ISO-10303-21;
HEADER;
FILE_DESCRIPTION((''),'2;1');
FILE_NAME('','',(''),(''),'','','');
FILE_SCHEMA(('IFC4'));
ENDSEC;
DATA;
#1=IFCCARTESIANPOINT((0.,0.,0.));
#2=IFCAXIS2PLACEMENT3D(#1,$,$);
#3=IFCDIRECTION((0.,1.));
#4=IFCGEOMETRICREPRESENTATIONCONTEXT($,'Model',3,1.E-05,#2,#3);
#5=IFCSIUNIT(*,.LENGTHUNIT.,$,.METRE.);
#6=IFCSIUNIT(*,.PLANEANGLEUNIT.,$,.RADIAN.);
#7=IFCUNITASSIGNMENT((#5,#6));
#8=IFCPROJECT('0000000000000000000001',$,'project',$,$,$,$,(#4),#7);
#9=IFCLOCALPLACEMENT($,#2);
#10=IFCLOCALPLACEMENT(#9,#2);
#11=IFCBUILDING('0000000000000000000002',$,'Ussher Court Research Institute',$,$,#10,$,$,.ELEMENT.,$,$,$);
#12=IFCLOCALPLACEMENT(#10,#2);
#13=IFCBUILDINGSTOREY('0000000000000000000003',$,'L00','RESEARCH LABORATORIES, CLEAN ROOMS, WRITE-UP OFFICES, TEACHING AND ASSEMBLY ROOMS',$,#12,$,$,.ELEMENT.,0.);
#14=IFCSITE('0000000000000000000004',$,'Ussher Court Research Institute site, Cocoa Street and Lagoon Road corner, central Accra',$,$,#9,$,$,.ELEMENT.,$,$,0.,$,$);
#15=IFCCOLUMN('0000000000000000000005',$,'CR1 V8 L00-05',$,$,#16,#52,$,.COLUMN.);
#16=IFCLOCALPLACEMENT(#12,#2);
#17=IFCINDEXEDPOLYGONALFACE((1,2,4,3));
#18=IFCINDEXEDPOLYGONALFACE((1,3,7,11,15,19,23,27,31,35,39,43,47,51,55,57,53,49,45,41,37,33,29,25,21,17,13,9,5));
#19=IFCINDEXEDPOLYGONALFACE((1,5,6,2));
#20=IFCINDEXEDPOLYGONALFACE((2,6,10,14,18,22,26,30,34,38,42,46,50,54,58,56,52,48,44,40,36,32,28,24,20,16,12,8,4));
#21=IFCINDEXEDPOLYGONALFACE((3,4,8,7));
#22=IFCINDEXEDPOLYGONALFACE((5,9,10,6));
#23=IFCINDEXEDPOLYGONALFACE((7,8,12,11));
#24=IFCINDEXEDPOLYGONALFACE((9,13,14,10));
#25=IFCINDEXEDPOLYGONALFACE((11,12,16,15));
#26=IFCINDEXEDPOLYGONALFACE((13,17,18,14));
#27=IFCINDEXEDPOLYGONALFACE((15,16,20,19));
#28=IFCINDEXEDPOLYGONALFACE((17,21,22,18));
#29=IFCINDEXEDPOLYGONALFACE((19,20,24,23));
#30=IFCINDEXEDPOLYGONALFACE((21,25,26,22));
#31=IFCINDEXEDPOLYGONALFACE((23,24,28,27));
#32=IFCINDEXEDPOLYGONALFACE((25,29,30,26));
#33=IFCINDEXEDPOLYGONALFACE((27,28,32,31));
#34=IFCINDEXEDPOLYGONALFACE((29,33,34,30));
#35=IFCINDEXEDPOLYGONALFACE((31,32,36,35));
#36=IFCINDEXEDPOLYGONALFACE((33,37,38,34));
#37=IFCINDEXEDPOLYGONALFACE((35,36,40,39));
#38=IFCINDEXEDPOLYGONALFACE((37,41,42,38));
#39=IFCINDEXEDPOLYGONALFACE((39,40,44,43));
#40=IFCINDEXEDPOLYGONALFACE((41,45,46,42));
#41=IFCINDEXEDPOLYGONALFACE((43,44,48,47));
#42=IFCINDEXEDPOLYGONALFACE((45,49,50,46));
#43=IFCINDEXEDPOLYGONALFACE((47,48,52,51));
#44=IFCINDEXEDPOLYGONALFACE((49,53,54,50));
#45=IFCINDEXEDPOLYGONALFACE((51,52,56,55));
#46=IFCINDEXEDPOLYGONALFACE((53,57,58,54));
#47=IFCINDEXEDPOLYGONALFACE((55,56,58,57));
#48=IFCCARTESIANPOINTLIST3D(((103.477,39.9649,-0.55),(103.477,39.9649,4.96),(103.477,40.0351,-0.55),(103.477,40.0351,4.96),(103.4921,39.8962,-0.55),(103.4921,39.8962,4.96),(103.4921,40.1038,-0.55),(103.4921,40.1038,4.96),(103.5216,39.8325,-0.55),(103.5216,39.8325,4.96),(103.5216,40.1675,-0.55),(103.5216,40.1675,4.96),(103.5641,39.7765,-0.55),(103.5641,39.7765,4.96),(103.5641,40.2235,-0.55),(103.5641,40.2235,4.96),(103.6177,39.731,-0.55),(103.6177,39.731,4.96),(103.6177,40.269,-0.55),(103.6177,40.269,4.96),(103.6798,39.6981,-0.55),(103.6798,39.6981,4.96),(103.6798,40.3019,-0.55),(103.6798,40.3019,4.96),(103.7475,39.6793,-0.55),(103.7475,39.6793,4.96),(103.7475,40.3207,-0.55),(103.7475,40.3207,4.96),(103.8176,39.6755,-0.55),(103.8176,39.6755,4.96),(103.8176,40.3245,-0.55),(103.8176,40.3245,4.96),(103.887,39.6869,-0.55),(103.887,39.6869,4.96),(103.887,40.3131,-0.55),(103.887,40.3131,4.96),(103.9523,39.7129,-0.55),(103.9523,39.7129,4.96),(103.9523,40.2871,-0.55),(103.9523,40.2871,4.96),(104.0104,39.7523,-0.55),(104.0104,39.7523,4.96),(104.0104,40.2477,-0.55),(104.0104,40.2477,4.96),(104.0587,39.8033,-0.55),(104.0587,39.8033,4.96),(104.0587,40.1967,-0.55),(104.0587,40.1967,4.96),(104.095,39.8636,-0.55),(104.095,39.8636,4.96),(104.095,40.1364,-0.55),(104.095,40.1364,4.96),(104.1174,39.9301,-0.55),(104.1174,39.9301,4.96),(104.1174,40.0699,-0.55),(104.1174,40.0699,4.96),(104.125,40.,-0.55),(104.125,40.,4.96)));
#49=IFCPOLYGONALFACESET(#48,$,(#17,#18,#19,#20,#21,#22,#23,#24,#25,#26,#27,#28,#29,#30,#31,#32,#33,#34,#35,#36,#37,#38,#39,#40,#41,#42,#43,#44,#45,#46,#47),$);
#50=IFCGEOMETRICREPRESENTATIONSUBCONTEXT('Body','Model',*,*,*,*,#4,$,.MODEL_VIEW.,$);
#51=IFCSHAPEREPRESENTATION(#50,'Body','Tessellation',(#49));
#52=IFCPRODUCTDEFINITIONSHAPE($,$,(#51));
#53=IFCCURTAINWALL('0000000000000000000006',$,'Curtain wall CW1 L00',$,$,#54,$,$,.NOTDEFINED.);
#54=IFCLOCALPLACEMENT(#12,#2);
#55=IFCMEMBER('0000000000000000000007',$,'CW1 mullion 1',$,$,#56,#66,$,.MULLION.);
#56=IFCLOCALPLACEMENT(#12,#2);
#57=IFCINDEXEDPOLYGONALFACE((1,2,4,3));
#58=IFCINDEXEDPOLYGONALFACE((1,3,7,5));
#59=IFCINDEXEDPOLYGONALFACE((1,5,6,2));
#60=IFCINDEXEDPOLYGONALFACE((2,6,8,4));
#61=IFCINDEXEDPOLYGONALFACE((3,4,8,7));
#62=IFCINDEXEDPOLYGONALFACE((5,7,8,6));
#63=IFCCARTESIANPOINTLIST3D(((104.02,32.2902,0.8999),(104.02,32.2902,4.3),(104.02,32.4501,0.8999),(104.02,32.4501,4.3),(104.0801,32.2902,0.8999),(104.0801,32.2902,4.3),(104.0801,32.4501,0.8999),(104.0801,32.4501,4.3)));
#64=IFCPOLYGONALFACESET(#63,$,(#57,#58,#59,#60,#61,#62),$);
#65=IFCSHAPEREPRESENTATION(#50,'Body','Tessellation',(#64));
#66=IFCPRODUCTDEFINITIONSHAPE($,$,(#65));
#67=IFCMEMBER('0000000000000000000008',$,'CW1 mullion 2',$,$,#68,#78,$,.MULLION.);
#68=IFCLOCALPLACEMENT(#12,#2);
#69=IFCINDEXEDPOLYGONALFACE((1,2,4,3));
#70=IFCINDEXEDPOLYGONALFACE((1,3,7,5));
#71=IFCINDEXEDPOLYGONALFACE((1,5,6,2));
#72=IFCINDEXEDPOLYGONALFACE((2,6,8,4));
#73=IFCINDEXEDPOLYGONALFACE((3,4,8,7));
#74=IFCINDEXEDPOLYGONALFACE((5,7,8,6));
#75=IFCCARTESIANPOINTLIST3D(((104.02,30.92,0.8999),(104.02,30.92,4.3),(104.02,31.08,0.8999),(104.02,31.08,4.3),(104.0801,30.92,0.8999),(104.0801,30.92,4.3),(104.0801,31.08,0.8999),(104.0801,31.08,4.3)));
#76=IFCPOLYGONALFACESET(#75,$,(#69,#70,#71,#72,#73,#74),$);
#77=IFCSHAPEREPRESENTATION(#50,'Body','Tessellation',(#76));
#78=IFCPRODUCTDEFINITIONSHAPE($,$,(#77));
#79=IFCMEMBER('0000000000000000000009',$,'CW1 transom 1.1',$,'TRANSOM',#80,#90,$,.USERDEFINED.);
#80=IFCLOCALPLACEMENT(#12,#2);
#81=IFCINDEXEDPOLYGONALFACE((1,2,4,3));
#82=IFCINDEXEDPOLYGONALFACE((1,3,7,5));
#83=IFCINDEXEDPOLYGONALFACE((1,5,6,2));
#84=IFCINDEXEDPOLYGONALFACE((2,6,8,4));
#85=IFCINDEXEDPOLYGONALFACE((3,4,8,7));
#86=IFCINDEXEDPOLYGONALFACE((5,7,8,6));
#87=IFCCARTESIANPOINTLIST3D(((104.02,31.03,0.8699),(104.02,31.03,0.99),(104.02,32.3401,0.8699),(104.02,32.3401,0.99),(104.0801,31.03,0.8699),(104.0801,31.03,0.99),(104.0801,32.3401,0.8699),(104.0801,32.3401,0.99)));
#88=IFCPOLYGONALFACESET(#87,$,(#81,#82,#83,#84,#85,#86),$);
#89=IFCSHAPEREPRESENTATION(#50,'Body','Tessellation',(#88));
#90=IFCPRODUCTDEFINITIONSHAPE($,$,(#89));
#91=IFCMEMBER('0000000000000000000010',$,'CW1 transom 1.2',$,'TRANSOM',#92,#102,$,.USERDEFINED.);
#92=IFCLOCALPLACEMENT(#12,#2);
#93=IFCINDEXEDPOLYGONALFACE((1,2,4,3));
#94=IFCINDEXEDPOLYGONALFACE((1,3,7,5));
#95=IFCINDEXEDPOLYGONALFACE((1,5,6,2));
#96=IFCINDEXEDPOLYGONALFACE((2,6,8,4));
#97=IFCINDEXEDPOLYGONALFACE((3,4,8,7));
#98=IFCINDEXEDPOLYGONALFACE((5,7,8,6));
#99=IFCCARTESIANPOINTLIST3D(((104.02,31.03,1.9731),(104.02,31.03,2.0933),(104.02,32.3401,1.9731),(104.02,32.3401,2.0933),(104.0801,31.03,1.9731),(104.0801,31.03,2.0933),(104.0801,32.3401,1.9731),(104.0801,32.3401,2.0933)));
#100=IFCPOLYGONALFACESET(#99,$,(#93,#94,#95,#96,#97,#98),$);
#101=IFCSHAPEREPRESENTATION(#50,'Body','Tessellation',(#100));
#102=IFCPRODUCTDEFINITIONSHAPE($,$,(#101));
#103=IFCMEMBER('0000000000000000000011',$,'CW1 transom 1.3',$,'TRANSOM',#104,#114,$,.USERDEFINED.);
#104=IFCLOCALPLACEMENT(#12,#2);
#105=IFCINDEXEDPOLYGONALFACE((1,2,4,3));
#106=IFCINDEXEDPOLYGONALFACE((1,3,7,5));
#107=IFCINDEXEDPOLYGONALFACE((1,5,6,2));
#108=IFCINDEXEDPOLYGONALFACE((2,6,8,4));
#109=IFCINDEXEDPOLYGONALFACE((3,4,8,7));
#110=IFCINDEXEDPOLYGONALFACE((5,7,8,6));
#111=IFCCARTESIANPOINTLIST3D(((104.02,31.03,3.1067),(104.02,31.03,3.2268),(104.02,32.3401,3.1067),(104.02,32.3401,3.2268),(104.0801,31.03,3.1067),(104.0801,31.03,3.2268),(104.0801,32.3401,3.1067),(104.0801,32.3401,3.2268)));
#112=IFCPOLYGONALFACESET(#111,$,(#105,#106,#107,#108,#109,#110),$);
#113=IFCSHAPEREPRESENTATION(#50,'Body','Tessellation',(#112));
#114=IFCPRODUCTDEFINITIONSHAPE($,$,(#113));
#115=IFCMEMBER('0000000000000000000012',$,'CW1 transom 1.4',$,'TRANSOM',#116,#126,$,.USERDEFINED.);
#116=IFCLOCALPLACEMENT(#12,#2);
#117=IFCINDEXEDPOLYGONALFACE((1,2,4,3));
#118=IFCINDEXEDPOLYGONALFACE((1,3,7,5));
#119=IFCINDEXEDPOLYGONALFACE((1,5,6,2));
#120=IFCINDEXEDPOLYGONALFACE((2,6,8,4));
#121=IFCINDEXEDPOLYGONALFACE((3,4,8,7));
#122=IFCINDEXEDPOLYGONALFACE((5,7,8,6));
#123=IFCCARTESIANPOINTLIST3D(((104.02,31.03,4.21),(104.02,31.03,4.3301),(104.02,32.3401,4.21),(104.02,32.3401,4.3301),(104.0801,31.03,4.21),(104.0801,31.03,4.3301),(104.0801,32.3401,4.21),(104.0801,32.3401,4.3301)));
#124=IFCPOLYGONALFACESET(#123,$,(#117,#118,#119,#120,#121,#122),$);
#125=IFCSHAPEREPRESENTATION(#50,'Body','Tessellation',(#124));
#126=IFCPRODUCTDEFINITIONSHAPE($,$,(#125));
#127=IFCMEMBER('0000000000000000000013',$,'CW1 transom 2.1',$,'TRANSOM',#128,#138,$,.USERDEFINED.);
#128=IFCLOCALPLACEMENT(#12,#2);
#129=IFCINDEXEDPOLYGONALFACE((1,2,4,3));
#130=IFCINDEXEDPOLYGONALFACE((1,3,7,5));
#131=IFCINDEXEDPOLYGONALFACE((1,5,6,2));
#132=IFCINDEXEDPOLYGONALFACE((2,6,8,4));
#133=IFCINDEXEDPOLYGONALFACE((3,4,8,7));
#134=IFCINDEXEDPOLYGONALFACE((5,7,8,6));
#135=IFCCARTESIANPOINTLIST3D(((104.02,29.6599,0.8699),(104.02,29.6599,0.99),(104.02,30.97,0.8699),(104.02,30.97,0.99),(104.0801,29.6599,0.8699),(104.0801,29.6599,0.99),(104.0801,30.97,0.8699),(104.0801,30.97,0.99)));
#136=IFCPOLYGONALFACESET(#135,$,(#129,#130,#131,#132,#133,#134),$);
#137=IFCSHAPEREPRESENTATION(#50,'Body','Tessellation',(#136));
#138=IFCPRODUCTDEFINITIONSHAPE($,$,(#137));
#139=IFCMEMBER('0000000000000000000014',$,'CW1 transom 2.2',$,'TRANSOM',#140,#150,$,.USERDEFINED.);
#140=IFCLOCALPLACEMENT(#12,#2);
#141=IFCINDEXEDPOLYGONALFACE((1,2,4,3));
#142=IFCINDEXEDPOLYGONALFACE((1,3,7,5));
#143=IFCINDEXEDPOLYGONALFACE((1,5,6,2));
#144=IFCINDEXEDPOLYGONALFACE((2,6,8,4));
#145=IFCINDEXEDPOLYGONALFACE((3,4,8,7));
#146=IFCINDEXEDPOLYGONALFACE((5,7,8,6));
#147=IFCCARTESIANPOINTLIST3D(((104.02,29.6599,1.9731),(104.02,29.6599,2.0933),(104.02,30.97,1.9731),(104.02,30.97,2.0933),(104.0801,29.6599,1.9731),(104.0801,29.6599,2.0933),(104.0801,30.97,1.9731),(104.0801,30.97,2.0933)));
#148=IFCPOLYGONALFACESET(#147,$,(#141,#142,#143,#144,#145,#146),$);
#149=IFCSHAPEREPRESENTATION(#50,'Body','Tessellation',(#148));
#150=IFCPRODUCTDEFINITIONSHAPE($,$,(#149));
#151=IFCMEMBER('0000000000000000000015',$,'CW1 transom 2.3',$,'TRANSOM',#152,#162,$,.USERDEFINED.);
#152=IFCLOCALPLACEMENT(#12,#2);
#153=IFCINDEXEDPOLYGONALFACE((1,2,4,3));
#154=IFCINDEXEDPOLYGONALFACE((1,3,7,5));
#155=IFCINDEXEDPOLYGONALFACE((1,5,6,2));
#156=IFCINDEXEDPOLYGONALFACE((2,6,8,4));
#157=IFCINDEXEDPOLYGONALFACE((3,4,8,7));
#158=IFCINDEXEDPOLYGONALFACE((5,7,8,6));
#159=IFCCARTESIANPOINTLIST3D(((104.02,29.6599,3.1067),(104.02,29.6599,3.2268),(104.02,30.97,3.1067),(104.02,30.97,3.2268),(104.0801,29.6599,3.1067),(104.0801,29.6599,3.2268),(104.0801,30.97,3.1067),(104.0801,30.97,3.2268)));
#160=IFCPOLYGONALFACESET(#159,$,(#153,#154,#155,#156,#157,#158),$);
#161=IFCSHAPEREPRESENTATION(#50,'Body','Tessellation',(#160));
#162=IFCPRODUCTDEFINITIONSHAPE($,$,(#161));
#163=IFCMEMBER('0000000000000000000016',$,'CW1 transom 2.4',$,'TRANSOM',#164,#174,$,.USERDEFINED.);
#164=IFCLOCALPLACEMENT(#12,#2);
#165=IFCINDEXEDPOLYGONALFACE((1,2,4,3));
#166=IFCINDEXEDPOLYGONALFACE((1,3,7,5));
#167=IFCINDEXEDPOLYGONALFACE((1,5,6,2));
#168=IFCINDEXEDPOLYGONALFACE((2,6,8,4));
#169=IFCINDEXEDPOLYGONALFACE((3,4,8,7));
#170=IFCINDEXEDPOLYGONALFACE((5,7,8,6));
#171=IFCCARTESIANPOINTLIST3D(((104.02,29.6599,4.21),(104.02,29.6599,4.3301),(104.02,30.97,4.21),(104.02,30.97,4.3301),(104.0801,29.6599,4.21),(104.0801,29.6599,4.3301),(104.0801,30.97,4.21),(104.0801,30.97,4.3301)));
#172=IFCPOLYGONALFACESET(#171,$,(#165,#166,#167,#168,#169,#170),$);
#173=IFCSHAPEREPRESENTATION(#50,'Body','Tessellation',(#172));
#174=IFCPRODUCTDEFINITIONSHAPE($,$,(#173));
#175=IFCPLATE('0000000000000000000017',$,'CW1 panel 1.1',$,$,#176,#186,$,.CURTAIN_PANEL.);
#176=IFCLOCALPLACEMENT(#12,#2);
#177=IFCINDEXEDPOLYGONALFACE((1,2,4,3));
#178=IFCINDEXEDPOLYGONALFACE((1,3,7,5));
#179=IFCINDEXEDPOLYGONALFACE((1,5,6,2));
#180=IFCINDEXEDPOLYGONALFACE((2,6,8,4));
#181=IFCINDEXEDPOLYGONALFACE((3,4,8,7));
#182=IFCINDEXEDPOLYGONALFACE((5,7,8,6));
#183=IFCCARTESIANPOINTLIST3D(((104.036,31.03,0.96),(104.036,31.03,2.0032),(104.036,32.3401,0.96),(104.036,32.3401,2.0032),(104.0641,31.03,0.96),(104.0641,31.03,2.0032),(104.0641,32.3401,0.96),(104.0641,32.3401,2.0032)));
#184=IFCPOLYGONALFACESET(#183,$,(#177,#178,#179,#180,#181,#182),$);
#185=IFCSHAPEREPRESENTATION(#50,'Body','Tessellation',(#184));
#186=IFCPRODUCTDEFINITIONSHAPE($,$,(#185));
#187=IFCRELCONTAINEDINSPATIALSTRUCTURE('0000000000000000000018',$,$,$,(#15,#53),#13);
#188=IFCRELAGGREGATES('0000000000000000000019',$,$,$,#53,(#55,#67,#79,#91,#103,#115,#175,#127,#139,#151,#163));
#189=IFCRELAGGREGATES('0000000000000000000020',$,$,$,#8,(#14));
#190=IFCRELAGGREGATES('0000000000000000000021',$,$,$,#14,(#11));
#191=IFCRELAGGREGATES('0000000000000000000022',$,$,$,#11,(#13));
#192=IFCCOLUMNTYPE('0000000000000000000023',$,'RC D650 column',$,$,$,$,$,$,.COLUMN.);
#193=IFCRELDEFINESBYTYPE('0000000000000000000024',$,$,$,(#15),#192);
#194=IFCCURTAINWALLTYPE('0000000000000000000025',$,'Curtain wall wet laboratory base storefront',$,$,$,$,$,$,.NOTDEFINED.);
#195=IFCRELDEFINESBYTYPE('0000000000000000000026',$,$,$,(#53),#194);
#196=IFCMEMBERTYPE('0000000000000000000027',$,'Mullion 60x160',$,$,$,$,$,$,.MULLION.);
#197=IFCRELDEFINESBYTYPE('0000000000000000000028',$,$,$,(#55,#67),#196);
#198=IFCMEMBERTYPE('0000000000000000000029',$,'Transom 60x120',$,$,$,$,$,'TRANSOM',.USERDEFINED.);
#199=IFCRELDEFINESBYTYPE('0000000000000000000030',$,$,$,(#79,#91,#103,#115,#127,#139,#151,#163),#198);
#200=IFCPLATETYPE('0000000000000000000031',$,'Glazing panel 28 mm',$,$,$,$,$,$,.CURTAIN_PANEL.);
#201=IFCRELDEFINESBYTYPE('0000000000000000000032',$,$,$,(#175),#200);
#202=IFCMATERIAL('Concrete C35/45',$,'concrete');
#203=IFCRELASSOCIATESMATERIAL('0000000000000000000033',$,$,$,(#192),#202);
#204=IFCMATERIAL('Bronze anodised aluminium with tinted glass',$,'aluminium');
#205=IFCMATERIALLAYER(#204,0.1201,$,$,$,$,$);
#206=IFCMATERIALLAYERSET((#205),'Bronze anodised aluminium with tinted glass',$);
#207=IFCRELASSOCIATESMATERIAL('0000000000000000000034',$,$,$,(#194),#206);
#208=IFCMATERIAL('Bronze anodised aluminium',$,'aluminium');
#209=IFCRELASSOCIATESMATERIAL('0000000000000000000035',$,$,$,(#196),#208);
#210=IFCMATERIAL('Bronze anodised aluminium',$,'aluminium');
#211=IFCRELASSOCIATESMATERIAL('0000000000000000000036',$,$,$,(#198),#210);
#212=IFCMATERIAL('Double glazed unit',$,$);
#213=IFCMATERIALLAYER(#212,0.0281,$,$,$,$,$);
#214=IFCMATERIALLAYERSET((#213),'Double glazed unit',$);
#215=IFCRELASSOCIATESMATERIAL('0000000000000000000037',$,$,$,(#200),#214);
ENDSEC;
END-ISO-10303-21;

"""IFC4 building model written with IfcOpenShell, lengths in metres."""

from ifc_helpers import new_model, si_unit, direction, frame, origin, origin_2d, place, context, subcontext, project, spatial, rectangle, circle, extrude, material, layer, layer_set, material_profile, profile_set, type_object, element, aggregate, save


model = new_model("IFC4")

# Units and contexts
model_context = context("Model", 3, precision=1e-05, world=origin(), true_north=direction((0.0, 1.0)))
body_context = subcontext(model_context, "Body", "Model", "MODEL_VIEW")
ifc_project = project(units=[si_unit("LENGTHUNIT", "METRE"), si_unit("PLANEANGLEUNIT", "RADIAN")], contexts=[model_context])

# Site, building, storey
site_placement = place(None, origin())
site = spatial("IfcSite", under=ifc_project, at=site_placement, Name="Ussher Court Research Institute site, Cocoa Street and Lagoon Road corner, central Accra", CompositionType="ELEMENT", RefElevation=0.0)
building_placement = place(site_placement, origin())
building = spatial("IfcBuilding", under=site, at=building_placement, Name="Ussher Court Research Institute", CompositionType="ELEMENT")
storey_placement = place(building_placement, origin())
storey = spatial("IfcBuildingStorey", under=building, at=storey_placement, Name="L00", Description="RESEARCH LABORATORIES, CLEAN ROOMS, WRITE-UP OFFICES, TEACHING AND ASSEMBLY ROOMS", CompositionType="ELEMENT", Elevation=0.0)

# Column
ifc_material_1 = material(Name="Concrete C35/45", Category="concrete")
ifc_material_profile_1 = material_profile(ifc_material_1, circle(Radius=0.325, at=origin_2d()), Name="RC D650")
ifc_profile_set_1 = profile_set([ifc_material_profile_1], Name="Concrete C35/45")
column_type_1 = type_object("IfcColumnType", Name="RC D650 column", PredefinedType="COLUMN", material=ifc_profile_set_1)
column_1_placement = place(storey_placement, frame((103.8, 40.0, -0.55), z_axis=(0.0, 0.0, 1.0), x_axis=(1.0, 0.0, 0.0)))
element("IfcColumn", 1, at=column_1_placement, inside=storey, type_object=column_type_1, Name="CR1 V8 L00-05", PredefinedType="COLUMN", context=body_context, shape_type="SweptSolid", body=[
    extrude(circle(Radius=0.325, at=origin_2d()), origin(), (0.0, 0.0, 1.0), 5.51),
])

# Curtain wall, members, plate
ifc_material_2 = material(Name="Bronze anodised aluminium with tinted glass", Category="aluminium")
ifc_layer_1 = layer(ifc_material_2, 0.1201)
ifc_layer_set_1 = layer_set([ifc_layer_1], Name="Bronze anodised aluminium with tinted glass")
curtain_wall_type = type_object("IfcCurtainWallType", Name="Curtain wall wet laboratory base storefront", PredefinedType="NOTDEFINED", material=ifc_layer_set_1)
curtain_wall_placement = place(storey_placement, origin())
curtain_wall = element("IfcCurtainWall", 2, at=curtain_wall_placement, inside=storey, type_object=curtain_wall_type, Name="Curtain wall CW1 L00", PredefinedType="NOTDEFINED")
ifc_material_3 = material(Name="Bronze anodised aluminium", Category="aluminium")
ifc_material_profile_2 = material_profile(ifc_material_3, rectangle(XDim=0.0601, YDim=0.1599, at=origin_2d()), Name="Mullion 60x160")
ifc_profile_set_2 = profile_set([ifc_material_profile_2], Name="Bronze anodised aluminium")
member_type_1 = type_object("IfcMemberType", Name="Mullion 60x160", PredefinedType="MULLION", material=ifc_profile_set_2)
member_1_placement = place(storey_placement, frame((104.05, 32.3701, 0.8999), z_axis=(0.0, 0.0, 1.0), x_axis=(1.0, 0.0, 0.0)))
member_1 = element("IfcMember", 3, at=member_1_placement, type_object=member_type_1, Name="CW1 mullion 1", PredefinedType="MULLION", context=body_context, shape_type="SweptSolid", body=[
    extrude(rectangle(XDim=0.0601, YDim=0.1599, at=origin_2d()), origin(), (0.0, 0.0, 1.0), 3.4001),
])
member_2_placement = place(storey_placement, frame((104.05, 31.0, 0.8999), z_axis=(0.0, 0.0, 1.0), x_axis=(1.0, 0.0, 0.0)))
member_2 = element("IfcMember", 4, at=member_2_placement, type_object=member_type_1, Name="CW1 mullion 2", PredefinedType="MULLION", context=body_context, shape_type="SweptSolid", body=[
    extrude(rectangle(XDim=0.0601, YDim=0.1599, at=origin_2d()), origin(), (0.0, 0.0, 1.0), 3.4001),
])
ifc_material_4 = material(Name="Bronze anodised aluminium", Category="aluminium")
ifc_material_profile_3 = material_profile(ifc_material_4, rectangle(XDim=0.0601, YDim=0.1201, at=origin_2d()), Name="Transom 60x120")
ifc_profile_set_3 = profile_set([ifc_material_profile_3], Name="Bronze anodised aluminium")
member_type_2 = type_object("IfcMemberType", Name="Transom 60x120", ElementType="TRANSOM", PredefinedType="USERDEFINED", material=ifc_profile_set_3)
member_3_placement = place(storey_placement, frame((104.05, 32.3401, 0.9299), z_axis=(0.0, -1.0, 0.0), x_axis=(1.0, 0.0, 0.0)))
member_3 = element("IfcMember", 5, at=member_3_placement, type_object=member_type_2, Name="CW1 transom 1.1", ObjectType="TRANSOM", PredefinedType="USERDEFINED", context=body_context, shape_type="SweptSolid", body=[
    extrude(rectangle(XDim=0.0601, YDim=0.1201, at=origin_2d()), origin(), (0.0, 0.0, 1.0), 1.3101),
])
member_4_placement = place(storey_placement, frame((104.05, 32.3401, 2.0332), z_axis=(0.0, -1.0, 0.0), x_axis=(1.0, 0.0, 0.0)))
member_4 = element("IfcMember", 6, at=member_4_placement, type_object=member_type_2, Name="CW1 transom 1.2", ObjectType="TRANSOM", PredefinedType="USERDEFINED", context=body_context, shape_type="SweptSolid", body=[
    extrude(rectangle(XDim=0.0601, YDim=0.1201, at=origin_2d()), origin(), (0.0, 0.0, 1.0), 1.3101),
])
member_5_placement = place(storey_placement, frame((104.05, 32.3401, 3.1667), z_axis=(0.0, -1.0, 0.0), x_axis=(1.0, 0.0, 0.0)))
member_5 = element("IfcMember", 7, at=member_5_placement, type_object=member_type_2, Name="CW1 transom 1.3", ObjectType="TRANSOM", PredefinedType="USERDEFINED", context=body_context, shape_type="SweptSolid", body=[
    extrude(rectangle(XDim=0.0601, YDim=0.1201, at=origin_2d()), origin(), (0.0, 0.0, 1.0), 1.3101),
])
member_6_placement = place(storey_placement, frame((104.05, 32.3401, 4.27), z_axis=(0.0, -1.0, 0.0), x_axis=(1.0, 0.0, 0.0)))
member_6 = element("IfcMember", 8, at=member_6_placement, type_object=member_type_2, Name="CW1 transom 1.4", ObjectType="TRANSOM", PredefinedType="USERDEFINED", context=body_context, shape_type="SweptSolid", body=[
    extrude(rectangle(XDim=0.0601, YDim=0.1201, at=origin_2d()), origin(), (0.0, 0.0, 1.0), 1.3101),
])
member_7_placement = place(storey_placement, frame((104.05, 30.97, 0.9299), z_axis=(0.0, -1.0, 0.0), x_axis=(1.0, 0.0, 0.0)))
member_7 = element("IfcMember", 9, at=member_7_placement, type_object=member_type_2, Name="CW1 transom 2.1", ObjectType="TRANSOM", PredefinedType="USERDEFINED", context=body_context, shape_type="SweptSolid", body=[
    extrude(rectangle(XDim=0.0601, YDim=0.1201, at=origin_2d()), origin(), (0.0, 0.0, 1.0), 1.3101),
])
member_8_placement = place(storey_placement, frame((104.05, 30.97, 2.0332), z_axis=(0.0, -1.0, 0.0), x_axis=(1.0, 0.0, 0.0)))
member_8 = element("IfcMember", 10, at=member_8_placement, type_object=member_type_2, Name="CW1 transom 2.2", ObjectType="TRANSOM", PredefinedType="USERDEFINED", context=body_context, shape_type="SweptSolid", body=[
    extrude(rectangle(XDim=0.0601, YDim=0.1201, at=origin_2d()), origin(), (0.0, 0.0, 1.0), 1.3101),
])
member_9_placement = place(storey_placement, frame((104.05, 30.97, 3.1667), z_axis=(0.0, -1.0, 0.0), x_axis=(1.0, 0.0, 0.0)))
member_9 = element("IfcMember", 11, at=member_9_placement, type_object=member_type_2, Name="CW1 transom 2.3", ObjectType="TRANSOM", PredefinedType="USERDEFINED", context=body_context, shape_type="SweptSolid", body=[
    extrude(rectangle(XDim=0.0601, YDim=0.1201, at=origin_2d()), origin(), (0.0, 0.0, 1.0), 1.3101),
])
member_10_placement = place(storey_placement, frame((104.05, 30.97, 4.27), z_axis=(0.0, -1.0, 0.0), x_axis=(1.0, 0.0, 0.0)))
member_10 = element("IfcMember", 12, at=member_10_placement, type_object=member_type_2, Name="CW1 transom 2.4", ObjectType="TRANSOM", PredefinedType="USERDEFINED", context=body_context, shape_type="SweptSolid", body=[
    extrude(rectangle(XDim=0.0601, YDim=0.1201, at=origin_2d()), origin(), (0.0, 0.0, 1.0), 1.3101),
])
ifc_material_5 = material(Name="Double glazed unit")
ifc_layer_2 = layer(ifc_material_5, 0.0281)
ifc_layer_set_2 = layer_set([ifc_layer_2], Name="Double glazed unit")
plate_type = type_object("IfcPlateType", Name="Glazing panel 28 mm", PredefinedType="CURTAIN_PANEL", material=ifc_layer_set_2)
plate_1_placement = place(storey_placement, frame((104.05, 31.6851, 0.96), z_axis=(0.0, 0.0, 1.0), x_axis=(0.0, -1.0, 0.0)))
plate_1 = element("IfcPlate", 13, at=plate_1_placement, type_object=plate_type, Name="CW1 panel 1.1", PredefinedType="CURTAIN_PANEL", context=body_context, shape_type="SweptSolid", body=[
    extrude(rectangle(XDim=1.3101, YDim=0.0281, at=origin_2d()), origin(), (0.0, 0.0, 1.0), 1.0432),
])
aggregate(curtain_wall, [member_1, member_2, member_3, member_4, member_5, member_6, plate_1, member_7, member_8, member_9, member_10])

save(model, "model.ifc")
